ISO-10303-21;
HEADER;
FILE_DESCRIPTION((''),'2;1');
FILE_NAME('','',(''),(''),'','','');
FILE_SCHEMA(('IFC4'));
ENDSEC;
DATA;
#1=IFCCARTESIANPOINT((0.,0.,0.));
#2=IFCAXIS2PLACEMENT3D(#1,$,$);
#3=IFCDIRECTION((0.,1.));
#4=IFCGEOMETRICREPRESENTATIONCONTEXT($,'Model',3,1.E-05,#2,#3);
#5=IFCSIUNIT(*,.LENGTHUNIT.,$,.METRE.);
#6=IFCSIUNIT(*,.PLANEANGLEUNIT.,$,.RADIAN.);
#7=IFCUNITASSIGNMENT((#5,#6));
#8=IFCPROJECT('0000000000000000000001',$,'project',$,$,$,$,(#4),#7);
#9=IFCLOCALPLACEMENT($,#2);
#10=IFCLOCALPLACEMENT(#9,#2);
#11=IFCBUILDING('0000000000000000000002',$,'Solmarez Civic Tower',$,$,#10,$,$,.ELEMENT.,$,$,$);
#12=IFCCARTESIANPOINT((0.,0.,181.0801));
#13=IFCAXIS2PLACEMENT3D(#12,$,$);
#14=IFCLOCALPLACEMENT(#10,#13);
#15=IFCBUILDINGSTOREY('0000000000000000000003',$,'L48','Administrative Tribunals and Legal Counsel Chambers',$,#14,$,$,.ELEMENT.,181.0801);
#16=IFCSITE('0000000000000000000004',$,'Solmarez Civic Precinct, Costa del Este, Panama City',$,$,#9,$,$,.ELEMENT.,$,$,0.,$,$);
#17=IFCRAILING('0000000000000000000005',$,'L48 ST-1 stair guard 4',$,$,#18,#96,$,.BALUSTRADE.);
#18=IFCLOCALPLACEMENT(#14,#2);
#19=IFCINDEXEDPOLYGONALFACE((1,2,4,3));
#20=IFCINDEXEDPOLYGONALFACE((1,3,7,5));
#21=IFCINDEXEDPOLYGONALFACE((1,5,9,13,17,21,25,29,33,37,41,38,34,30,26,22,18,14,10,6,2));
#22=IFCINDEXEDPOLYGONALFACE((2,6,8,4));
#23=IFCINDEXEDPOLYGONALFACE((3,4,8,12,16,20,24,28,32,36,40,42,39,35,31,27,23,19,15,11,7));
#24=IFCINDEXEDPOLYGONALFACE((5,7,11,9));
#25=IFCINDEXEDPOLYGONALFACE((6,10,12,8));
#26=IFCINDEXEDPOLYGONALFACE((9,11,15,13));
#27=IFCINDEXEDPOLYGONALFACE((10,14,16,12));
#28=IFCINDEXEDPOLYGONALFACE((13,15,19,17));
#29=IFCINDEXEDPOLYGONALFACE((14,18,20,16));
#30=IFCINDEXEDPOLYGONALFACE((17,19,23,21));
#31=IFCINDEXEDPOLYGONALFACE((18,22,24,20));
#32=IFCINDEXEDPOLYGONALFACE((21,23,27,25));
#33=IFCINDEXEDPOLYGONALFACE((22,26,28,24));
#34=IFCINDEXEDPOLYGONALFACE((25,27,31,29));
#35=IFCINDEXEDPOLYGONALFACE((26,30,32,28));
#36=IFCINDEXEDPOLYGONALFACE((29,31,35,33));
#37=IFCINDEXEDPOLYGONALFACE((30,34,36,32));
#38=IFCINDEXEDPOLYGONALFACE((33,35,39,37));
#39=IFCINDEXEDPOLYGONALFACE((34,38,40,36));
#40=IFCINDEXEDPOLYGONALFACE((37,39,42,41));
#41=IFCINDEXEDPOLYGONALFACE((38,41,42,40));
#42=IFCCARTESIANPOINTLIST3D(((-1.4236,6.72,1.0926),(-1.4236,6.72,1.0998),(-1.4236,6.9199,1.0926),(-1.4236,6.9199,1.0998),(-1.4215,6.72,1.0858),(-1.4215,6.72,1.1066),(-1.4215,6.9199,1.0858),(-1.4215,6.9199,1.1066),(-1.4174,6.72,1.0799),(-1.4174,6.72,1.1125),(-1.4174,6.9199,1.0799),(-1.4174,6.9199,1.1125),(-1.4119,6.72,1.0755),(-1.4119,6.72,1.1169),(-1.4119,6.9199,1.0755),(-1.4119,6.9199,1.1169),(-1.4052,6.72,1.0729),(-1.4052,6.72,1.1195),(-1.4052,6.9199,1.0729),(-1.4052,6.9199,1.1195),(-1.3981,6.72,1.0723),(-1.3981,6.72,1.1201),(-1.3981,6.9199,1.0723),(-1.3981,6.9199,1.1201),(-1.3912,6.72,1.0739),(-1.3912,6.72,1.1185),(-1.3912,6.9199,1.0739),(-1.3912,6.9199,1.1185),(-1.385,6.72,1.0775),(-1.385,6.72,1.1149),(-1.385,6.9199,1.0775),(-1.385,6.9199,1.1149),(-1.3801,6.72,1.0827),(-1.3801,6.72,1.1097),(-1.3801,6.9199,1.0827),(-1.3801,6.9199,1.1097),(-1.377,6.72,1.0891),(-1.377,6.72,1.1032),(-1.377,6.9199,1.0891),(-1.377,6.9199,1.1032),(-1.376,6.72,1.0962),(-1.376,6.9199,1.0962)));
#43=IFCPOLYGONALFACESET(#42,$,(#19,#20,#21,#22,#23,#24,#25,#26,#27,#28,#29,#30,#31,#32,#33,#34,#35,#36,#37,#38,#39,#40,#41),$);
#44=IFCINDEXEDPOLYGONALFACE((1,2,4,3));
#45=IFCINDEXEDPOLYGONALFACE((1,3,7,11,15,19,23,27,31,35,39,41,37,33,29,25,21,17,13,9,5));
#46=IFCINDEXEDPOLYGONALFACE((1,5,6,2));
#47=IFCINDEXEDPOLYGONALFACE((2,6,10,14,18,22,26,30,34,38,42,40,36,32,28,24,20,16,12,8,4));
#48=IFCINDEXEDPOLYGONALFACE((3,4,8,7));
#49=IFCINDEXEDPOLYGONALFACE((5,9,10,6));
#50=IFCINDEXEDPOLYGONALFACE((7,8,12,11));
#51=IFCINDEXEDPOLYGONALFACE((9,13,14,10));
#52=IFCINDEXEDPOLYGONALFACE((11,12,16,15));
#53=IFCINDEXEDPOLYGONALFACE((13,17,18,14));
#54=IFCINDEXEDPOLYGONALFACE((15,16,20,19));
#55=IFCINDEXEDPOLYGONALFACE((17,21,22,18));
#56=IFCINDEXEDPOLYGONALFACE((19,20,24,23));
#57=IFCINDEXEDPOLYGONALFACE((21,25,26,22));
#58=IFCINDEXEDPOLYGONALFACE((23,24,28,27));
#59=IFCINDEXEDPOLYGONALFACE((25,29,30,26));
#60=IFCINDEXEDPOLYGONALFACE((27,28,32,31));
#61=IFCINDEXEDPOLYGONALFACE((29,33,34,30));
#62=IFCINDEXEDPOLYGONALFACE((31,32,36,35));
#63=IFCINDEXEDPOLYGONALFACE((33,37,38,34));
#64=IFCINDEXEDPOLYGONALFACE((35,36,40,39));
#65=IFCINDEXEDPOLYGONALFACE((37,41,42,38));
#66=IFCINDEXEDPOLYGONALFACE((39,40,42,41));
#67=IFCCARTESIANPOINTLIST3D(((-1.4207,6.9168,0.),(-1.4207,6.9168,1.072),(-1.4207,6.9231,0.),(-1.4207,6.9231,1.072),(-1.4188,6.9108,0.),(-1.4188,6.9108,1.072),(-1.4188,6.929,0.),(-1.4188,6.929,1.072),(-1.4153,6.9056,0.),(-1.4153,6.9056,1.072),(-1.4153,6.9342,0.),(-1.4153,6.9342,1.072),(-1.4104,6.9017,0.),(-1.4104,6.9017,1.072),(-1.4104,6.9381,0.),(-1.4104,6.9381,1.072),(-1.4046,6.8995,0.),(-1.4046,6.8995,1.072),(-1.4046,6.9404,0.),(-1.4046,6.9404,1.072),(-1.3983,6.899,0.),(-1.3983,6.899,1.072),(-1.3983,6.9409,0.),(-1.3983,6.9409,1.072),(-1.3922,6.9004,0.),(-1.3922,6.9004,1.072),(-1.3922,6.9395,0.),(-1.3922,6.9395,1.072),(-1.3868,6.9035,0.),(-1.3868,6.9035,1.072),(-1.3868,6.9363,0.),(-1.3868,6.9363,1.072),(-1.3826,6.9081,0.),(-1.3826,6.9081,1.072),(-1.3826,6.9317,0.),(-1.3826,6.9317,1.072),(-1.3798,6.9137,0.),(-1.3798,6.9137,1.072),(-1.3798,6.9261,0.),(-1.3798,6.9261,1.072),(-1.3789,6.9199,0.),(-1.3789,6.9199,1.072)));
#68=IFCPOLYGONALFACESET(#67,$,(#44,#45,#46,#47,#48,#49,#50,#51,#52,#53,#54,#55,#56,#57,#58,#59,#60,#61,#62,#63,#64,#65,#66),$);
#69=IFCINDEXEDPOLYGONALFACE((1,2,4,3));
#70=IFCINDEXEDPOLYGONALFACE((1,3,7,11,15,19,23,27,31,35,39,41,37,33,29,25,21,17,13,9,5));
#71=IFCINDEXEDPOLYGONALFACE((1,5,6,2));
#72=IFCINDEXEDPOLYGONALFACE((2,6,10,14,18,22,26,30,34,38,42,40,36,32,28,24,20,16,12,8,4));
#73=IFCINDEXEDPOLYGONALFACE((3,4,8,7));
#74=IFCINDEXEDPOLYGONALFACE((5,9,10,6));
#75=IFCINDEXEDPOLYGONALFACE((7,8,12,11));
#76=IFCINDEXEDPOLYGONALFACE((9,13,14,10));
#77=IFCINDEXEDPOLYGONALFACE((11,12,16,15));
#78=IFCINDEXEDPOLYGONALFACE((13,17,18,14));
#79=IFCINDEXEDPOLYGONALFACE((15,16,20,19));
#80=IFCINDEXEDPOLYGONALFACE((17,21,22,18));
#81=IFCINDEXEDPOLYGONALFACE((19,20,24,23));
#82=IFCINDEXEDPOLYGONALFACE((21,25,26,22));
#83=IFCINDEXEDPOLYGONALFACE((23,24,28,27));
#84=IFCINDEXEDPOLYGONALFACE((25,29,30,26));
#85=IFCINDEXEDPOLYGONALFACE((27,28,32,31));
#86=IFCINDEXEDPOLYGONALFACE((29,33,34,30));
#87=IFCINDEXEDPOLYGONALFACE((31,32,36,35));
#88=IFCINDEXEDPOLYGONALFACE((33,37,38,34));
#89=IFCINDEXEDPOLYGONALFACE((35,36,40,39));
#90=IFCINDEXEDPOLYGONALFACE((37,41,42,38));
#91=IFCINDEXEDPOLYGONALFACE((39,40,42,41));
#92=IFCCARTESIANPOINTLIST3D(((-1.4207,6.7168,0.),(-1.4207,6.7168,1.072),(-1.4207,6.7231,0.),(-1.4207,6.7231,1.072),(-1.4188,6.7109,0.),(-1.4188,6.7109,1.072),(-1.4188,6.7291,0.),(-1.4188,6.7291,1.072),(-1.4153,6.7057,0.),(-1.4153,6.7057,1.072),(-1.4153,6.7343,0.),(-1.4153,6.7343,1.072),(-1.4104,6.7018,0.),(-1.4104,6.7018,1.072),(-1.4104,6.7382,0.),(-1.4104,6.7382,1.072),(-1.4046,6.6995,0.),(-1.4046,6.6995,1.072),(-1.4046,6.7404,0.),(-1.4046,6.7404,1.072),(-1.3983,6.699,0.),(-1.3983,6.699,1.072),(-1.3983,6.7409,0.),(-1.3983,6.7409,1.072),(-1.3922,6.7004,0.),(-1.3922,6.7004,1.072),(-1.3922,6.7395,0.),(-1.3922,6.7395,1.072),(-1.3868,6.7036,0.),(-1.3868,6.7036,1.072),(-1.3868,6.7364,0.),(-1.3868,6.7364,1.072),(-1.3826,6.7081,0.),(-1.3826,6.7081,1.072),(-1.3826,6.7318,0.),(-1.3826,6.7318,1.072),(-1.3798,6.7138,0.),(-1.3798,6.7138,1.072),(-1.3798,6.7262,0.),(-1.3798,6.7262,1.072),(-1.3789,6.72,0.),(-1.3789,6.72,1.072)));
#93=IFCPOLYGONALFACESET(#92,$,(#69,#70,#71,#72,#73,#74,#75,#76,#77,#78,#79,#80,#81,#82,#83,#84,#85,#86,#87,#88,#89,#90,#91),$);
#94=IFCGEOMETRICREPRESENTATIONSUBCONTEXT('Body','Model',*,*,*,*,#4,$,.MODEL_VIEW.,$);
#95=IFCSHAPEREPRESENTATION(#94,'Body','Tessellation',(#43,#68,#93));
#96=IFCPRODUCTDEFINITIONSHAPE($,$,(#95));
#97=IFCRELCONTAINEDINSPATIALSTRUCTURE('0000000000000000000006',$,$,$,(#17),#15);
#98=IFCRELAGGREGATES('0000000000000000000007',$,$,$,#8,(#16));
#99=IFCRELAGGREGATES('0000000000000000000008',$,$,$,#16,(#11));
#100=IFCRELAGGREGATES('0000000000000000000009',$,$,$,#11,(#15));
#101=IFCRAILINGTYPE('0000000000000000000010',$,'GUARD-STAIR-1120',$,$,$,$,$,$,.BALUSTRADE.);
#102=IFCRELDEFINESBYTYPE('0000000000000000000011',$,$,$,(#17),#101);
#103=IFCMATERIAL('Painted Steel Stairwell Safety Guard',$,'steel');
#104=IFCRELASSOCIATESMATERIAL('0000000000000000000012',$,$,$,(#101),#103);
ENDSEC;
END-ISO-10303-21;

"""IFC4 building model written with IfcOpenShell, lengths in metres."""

from ifc_helpers import new_model, si_unit, direction, frame, origin, origin_2d, place, context, subcontext, project, spatial, circle, extrude, material, type_object, element, save


model = new_model("IFC4")

# Units and contexts
model_context = context("Model", 3, precision=1e-05, world=origin(), true_north=direction((0.0, 1.0)))
body_context = subcontext(model_context, "Body", "Model", "MODEL_VIEW")
ifc_project = project(units=[si_unit("LENGTHUNIT", "METRE"), si_unit("PLANEANGLEUNIT", "RADIAN")], contexts=[model_context])

# Site, building, storey
site_placement = place(None, origin())
site = spatial("IfcSite", under=ifc_project, at=site_placement, Name="Solmarez Civic Precinct, Costa del Este, Panama City", CompositionType="ELEMENT", RefElevation=0.0)
building_placement = place(site_placement, origin())
building = spatial("IfcBuilding", under=site, at=building_placement, Name="Solmarez Civic Tower", CompositionType="ELEMENT")
storey_placement = place(building_placement, frame((0.0, 0.0, 181.0801)))
storey = spatial("IfcBuildingStorey", under=building, at=storey_placement, Name="L48", Description="Administrative Tribunals and Legal Counsel Chambers", CompositionType="ELEMENT", Elevation=181.0801)

# Railing
ifc_material_1 = material(Name="Painted Steel Stairwell Safety Guard", Category="steel")
railing_type_1 = type_object("IfcRailingType", Name="GUARD-STAIR-1120", PredefinedType="BALUSTRADE", material=ifc_material_1)
railing_1_placement = place(storey_placement, frame((-1.3999, 6.9199, 0.0)))
element("IfcRailing", 1, at=railing_1_placement, inside=storey, type_object=railing_type_1, Name="L48 ST-1 stair guard 4", PredefinedType="BALUSTRADE", context=body_context, shape_type="SweptSolid", body=[
    extrude(circle(Radius=0.0239, at=origin_2d()), frame((0.0, 0.0, 1.0962), z_axis=(0.0, -1.0, 0.0), x_axis=(1.0, 0.0, 0.0)), (0.0, 0.0, 1.0), 0.2),
    extrude(circle(Radius=0.021, at=origin_2d()), origin(), (0.0, 0.0, 1.0), 1.072),
    extrude(circle(Radius=0.021, at=origin_2d()), frame((0.0, -0.2, 0.0)), (0.0, 0.0, 1.0), 1.072),
])

save(model, "model.ifc")
